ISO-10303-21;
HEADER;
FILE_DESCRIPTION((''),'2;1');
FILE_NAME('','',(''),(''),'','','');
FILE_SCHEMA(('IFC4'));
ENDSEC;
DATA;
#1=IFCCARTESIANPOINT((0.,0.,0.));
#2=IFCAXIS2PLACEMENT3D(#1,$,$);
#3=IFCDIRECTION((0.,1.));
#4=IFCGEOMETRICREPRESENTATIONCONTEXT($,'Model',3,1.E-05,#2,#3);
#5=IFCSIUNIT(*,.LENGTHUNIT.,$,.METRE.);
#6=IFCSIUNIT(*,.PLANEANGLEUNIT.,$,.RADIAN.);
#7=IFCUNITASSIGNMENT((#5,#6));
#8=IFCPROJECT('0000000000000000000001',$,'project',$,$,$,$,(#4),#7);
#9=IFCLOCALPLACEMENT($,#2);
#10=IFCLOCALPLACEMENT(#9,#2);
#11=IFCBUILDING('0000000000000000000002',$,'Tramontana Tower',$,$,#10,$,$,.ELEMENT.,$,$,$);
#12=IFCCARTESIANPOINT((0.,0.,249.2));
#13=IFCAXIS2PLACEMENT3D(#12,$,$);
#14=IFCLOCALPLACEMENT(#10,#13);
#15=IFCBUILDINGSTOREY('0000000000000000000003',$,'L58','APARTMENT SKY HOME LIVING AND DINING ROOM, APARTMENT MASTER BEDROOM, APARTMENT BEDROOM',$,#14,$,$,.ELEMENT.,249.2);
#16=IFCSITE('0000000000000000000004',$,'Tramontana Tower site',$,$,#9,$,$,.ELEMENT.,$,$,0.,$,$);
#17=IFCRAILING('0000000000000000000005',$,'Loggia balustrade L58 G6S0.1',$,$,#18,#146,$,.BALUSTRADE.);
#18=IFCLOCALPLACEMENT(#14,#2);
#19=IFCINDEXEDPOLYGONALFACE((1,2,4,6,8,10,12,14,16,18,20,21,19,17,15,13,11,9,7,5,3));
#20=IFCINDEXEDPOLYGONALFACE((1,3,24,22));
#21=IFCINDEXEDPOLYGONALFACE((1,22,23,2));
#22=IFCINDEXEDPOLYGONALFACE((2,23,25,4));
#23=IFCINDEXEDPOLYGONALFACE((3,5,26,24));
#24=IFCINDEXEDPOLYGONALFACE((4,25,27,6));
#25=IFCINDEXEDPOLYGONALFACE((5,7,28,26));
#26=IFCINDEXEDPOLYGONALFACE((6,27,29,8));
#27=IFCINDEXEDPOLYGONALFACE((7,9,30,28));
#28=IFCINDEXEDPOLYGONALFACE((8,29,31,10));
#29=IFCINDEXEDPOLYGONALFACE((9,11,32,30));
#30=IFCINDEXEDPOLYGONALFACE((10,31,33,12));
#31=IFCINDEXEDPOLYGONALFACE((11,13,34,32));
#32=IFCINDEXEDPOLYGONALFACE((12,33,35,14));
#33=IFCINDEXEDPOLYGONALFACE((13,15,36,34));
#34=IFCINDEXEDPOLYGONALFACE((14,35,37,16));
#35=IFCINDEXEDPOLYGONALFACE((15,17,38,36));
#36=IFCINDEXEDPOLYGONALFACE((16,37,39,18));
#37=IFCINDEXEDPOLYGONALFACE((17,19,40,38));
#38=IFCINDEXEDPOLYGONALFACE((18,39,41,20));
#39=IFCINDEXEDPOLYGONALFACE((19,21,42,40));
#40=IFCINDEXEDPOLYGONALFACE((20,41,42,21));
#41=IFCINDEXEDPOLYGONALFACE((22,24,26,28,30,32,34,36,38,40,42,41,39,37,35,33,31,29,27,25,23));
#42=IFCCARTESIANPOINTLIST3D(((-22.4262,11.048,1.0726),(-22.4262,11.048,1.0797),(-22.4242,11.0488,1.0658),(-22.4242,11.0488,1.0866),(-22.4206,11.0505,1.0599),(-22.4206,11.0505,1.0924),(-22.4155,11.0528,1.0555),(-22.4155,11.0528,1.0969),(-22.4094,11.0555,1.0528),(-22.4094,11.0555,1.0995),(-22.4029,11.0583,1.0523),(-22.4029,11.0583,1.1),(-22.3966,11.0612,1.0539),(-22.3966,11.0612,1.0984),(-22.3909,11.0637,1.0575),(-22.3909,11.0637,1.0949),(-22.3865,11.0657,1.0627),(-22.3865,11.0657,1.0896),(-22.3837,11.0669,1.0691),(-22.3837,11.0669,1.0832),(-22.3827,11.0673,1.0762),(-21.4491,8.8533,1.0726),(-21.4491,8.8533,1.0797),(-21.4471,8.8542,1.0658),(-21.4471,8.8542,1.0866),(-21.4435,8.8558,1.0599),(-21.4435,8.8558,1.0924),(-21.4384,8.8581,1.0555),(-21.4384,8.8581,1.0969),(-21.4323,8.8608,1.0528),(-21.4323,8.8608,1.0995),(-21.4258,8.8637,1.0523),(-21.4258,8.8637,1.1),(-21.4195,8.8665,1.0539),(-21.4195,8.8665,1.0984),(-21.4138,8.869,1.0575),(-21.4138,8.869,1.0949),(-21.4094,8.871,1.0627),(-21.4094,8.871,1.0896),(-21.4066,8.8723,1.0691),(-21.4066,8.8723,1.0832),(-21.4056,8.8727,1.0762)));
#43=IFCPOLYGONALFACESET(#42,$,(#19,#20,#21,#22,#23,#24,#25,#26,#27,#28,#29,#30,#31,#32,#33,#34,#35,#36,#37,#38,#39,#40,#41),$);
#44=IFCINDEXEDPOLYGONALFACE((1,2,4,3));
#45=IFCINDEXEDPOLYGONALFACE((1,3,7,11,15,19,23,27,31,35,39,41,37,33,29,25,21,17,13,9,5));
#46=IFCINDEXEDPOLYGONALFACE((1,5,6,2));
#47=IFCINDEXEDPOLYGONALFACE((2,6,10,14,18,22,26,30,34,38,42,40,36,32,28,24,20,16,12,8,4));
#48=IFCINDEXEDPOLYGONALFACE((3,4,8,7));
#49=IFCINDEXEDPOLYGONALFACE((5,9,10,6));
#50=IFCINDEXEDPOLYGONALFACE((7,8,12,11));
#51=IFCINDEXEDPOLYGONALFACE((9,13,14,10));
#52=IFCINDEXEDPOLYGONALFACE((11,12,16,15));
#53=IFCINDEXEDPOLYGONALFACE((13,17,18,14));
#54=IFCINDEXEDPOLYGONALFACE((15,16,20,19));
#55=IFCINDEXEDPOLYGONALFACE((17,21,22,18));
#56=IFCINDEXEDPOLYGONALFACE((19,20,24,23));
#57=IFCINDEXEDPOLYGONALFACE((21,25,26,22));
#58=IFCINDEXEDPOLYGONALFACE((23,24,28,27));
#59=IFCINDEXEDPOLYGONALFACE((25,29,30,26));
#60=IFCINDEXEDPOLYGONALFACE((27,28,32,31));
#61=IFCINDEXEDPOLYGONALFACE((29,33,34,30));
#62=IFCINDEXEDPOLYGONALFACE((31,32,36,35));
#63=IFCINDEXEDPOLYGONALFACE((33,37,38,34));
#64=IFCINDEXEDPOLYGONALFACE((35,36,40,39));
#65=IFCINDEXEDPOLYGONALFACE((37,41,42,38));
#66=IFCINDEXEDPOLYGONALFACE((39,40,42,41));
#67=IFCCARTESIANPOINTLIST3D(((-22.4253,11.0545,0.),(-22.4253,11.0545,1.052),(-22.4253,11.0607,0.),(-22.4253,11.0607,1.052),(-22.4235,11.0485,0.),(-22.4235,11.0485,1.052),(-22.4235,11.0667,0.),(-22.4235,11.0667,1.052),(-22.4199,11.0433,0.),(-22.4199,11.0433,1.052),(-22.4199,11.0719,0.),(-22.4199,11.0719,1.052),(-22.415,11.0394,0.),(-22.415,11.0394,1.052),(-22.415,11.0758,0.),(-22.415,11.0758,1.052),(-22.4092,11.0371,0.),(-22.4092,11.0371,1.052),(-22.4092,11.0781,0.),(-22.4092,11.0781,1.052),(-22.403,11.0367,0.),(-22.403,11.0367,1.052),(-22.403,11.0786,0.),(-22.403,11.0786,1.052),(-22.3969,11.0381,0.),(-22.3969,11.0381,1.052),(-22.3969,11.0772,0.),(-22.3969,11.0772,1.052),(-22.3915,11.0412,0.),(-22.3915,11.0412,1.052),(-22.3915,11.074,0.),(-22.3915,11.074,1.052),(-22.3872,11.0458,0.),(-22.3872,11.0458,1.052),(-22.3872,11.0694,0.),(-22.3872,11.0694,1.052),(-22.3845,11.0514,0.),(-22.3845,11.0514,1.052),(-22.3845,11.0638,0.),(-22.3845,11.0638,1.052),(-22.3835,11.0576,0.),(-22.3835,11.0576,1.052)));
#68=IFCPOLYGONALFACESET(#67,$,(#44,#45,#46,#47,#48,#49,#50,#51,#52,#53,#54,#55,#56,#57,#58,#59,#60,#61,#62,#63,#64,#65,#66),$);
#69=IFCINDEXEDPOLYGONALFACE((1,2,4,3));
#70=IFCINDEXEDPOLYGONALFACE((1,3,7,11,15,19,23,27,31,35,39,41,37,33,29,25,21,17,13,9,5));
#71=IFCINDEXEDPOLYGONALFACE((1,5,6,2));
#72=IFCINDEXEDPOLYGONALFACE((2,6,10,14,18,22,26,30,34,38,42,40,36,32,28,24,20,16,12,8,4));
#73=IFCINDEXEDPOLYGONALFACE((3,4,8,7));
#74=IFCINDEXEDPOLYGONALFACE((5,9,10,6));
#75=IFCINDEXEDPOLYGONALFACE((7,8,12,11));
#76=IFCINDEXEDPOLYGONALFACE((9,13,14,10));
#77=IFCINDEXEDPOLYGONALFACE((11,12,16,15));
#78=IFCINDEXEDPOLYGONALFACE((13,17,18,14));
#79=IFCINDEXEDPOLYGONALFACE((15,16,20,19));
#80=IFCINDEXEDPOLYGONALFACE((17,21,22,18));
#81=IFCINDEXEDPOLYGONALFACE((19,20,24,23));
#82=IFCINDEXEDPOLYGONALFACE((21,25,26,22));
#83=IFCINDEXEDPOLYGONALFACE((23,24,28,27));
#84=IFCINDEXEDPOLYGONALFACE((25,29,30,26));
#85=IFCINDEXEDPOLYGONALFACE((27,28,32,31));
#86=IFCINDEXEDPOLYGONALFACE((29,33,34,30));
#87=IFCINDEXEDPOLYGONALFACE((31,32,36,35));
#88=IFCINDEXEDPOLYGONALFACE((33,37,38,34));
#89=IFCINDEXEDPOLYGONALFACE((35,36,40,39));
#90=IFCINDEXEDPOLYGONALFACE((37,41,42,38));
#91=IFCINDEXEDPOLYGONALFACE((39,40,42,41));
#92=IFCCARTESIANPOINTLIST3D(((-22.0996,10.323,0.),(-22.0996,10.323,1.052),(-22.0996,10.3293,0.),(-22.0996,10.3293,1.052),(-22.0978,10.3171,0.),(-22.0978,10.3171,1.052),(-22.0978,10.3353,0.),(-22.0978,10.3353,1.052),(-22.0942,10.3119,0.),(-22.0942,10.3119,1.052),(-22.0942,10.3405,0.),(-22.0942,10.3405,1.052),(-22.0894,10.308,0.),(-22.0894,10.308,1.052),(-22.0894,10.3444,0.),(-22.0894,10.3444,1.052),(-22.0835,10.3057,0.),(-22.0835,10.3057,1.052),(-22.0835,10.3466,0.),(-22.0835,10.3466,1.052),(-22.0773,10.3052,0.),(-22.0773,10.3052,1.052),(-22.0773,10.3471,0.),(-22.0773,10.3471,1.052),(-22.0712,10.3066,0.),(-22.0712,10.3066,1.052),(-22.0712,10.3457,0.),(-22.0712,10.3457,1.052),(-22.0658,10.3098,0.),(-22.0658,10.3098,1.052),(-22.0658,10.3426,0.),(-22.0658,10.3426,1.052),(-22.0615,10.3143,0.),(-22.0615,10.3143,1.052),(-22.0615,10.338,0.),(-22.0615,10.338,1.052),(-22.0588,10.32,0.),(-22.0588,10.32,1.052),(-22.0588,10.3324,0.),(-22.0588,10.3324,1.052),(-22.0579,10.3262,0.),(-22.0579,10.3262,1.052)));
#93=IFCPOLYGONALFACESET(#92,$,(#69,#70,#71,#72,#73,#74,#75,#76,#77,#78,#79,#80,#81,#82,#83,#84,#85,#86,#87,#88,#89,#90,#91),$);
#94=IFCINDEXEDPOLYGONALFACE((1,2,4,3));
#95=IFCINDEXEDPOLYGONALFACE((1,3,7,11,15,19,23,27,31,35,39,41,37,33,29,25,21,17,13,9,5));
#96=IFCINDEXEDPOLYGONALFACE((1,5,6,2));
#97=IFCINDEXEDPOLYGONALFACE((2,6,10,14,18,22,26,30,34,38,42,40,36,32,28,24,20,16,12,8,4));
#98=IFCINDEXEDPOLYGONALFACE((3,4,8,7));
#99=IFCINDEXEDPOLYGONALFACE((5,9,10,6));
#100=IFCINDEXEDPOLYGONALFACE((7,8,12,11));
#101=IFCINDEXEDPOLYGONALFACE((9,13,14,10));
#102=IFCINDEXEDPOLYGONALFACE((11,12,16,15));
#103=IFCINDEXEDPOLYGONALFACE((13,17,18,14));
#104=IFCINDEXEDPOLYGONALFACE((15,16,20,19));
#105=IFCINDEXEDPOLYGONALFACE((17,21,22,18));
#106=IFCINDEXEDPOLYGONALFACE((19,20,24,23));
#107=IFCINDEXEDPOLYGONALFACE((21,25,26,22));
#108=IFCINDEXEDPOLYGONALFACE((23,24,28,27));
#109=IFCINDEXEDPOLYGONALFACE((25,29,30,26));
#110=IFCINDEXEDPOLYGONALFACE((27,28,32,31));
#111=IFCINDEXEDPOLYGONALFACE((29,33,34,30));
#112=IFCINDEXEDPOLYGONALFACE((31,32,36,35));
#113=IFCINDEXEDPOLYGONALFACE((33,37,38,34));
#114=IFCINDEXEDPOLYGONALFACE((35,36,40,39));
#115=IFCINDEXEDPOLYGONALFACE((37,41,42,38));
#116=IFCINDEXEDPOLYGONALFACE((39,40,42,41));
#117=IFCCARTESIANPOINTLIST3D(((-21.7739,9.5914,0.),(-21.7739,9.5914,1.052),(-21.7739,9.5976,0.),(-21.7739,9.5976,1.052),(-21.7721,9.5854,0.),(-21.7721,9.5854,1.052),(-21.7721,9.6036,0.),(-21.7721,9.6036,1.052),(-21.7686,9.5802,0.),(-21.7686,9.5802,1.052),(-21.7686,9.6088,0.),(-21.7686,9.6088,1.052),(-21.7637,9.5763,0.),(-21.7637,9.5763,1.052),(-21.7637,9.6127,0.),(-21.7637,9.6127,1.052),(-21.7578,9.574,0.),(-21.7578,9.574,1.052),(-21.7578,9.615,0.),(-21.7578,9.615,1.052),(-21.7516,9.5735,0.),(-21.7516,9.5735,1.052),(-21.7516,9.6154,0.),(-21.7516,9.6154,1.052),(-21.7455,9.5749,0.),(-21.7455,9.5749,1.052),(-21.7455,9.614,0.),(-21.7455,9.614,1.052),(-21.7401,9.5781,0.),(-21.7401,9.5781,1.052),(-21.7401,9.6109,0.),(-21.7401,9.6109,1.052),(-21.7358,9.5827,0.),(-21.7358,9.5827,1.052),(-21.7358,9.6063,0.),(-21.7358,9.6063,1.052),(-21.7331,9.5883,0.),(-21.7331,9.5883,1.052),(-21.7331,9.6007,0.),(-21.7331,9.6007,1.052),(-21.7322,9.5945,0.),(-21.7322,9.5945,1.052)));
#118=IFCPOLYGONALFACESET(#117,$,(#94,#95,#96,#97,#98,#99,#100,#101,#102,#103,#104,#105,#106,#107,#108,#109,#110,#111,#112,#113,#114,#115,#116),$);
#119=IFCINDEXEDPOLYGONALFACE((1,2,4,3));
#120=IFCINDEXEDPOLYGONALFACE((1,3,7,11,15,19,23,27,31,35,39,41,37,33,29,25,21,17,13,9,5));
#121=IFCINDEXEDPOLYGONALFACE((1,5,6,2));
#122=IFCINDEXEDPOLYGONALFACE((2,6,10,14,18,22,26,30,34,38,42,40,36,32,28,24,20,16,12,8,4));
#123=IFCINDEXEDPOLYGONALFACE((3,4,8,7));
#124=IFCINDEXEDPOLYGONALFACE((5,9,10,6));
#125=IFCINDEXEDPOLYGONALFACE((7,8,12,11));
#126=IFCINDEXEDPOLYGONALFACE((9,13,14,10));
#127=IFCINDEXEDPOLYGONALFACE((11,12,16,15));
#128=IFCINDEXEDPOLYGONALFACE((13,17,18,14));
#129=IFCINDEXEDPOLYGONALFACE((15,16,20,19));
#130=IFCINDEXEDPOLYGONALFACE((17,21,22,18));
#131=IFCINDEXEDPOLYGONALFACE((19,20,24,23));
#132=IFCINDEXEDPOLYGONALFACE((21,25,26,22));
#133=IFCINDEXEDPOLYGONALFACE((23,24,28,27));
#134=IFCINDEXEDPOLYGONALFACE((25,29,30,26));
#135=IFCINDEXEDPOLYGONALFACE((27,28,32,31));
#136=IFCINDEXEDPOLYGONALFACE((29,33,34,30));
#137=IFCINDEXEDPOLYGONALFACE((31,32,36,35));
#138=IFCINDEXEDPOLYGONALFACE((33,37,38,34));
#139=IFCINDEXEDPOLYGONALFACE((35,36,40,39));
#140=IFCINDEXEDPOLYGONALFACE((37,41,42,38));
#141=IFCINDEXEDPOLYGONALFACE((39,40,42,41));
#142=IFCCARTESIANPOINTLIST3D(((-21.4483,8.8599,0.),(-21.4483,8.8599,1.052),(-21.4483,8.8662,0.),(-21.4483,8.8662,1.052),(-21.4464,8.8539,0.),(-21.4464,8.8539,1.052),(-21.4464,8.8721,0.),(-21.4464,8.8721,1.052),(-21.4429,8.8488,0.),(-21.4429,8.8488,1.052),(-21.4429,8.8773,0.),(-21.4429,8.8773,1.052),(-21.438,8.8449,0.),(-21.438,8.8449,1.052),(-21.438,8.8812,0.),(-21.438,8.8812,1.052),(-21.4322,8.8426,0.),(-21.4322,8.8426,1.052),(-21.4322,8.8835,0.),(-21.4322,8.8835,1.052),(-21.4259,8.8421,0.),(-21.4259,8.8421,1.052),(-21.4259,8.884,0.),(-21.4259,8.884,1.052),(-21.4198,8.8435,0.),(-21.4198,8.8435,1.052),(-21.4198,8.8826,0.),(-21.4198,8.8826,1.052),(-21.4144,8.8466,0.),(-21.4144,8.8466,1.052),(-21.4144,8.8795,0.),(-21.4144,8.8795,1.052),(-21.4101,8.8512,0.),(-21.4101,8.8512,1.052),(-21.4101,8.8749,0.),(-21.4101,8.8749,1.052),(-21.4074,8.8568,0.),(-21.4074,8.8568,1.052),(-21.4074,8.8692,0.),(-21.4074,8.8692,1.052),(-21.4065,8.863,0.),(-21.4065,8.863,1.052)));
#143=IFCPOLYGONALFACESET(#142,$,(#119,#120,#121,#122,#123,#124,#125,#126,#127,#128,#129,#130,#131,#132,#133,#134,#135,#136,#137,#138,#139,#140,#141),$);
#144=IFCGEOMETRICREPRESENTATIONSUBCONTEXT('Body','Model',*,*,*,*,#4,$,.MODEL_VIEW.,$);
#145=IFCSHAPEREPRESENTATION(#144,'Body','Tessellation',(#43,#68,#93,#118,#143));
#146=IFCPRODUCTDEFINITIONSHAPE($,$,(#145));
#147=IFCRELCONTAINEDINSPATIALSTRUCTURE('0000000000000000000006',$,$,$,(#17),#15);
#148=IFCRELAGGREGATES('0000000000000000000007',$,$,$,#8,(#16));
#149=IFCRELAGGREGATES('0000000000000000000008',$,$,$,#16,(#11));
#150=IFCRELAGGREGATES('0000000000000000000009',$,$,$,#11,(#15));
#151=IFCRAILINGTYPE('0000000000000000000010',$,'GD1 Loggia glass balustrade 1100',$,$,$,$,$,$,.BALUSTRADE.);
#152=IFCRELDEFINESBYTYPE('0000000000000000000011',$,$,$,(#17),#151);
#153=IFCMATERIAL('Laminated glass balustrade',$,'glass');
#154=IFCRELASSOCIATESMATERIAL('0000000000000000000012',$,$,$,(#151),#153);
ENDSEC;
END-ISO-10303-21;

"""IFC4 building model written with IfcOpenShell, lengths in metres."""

from ifc_helpers import new_model, si_unit, direction, frame, origin, origin_2d, place, context, subcontext, project, spatial, circle, extrude, material, type_object, element, save


model = new_model("IFC4")

# Units and contexts
model_context = context("Model", 3, precision=1e-05, world=origin(), true_north=direction((0.0, 1.0)))
body_context = subcontext(model_context, "Body", "Model", "MODEL_VIEW")
ifc_project = project(units=[si_unit("LENGTHUNIT", "METRE"), si_unit("PLANEANGLEUNIT", "RADIAN")], contexts=[model_context])

# Site, building, storey
site_placement = place(None, origin())
site = spatial("IfcSite", under=ifc_project, at=site_placement, Name="Tramontana Tower site", CompositionType="ELEMENT", RefElevation=0.0)
building_placement = place(site_placement, origin())
building = spatial("IfcBuilding", under=site, at=building_placement, Name="Tramontana Tower", CompositionType="ELEMENT")
storey_placement = place(building_placement, frame((0.0, 0.0, 249.2)))
storey = spatial("IfcBuildingStorey", under=building, at=storey_placement, Name="L58", Description="APARTMENT SKY HOME LIVING AND DINING ROOM, APARTMENT MASTER BEDROOM, APARTMENT BEDROOM", CompositionType="ELEMENT", Elevation=249.2)

# Railing
ifc_material_1 = material(Name="Laminated glass balustrade", Category="glass")
railing_type = type_object("IfcRailingType", Name="GD1 Loggia glass balustrade 1100", PredefinedType="BALUSTRADE", material=ifc_material_1)
railing_placement = place(storey_placement, frame((-22.4045, 11.0576, 0.0)))
element("IfcRailing", 1, at=railing_placement, inside=storey, type_object=railing_type, Name="Loggia balustrade L58 G6S0.1", PredefinedType="BALUSTRADE", context=body_context, shape_type="SweptSolid", body=[
    extrude(circle(Radius=0.0239, at=origin_2d()), frame((0.0, 0.0, 1.0762), z_axis=(0.406723, -0.913552, 0.0), x_axis=(0.913552, 0.406723, 0.0)), (0.0, 0.0, 1.0), 2.4023),
    extrude(circle(Radius=0.021, at=origin_2d()), origin(), (0.0, 0.0, 1.0), 1.052),
    extrude(circle(Radius=0.021, at=origin_2d()), frame((0.3257, -0.7314, 0.0)), (0.0, 0.0, 1.0), 1.052),
    extrude(circle(Radius=0.021, at=origin_2d()), frame((0.6514, -1.4631, 0.0)), (0.0, 0.0, 1.0), 1.052),
    extrude(circle(Radius=0.021, at=origin_2d()), frame((0.9771, -2.1946, 0.0)), (0.0, 0.0, 1.0), 1.052),
])

save(model, "model.ifc")
